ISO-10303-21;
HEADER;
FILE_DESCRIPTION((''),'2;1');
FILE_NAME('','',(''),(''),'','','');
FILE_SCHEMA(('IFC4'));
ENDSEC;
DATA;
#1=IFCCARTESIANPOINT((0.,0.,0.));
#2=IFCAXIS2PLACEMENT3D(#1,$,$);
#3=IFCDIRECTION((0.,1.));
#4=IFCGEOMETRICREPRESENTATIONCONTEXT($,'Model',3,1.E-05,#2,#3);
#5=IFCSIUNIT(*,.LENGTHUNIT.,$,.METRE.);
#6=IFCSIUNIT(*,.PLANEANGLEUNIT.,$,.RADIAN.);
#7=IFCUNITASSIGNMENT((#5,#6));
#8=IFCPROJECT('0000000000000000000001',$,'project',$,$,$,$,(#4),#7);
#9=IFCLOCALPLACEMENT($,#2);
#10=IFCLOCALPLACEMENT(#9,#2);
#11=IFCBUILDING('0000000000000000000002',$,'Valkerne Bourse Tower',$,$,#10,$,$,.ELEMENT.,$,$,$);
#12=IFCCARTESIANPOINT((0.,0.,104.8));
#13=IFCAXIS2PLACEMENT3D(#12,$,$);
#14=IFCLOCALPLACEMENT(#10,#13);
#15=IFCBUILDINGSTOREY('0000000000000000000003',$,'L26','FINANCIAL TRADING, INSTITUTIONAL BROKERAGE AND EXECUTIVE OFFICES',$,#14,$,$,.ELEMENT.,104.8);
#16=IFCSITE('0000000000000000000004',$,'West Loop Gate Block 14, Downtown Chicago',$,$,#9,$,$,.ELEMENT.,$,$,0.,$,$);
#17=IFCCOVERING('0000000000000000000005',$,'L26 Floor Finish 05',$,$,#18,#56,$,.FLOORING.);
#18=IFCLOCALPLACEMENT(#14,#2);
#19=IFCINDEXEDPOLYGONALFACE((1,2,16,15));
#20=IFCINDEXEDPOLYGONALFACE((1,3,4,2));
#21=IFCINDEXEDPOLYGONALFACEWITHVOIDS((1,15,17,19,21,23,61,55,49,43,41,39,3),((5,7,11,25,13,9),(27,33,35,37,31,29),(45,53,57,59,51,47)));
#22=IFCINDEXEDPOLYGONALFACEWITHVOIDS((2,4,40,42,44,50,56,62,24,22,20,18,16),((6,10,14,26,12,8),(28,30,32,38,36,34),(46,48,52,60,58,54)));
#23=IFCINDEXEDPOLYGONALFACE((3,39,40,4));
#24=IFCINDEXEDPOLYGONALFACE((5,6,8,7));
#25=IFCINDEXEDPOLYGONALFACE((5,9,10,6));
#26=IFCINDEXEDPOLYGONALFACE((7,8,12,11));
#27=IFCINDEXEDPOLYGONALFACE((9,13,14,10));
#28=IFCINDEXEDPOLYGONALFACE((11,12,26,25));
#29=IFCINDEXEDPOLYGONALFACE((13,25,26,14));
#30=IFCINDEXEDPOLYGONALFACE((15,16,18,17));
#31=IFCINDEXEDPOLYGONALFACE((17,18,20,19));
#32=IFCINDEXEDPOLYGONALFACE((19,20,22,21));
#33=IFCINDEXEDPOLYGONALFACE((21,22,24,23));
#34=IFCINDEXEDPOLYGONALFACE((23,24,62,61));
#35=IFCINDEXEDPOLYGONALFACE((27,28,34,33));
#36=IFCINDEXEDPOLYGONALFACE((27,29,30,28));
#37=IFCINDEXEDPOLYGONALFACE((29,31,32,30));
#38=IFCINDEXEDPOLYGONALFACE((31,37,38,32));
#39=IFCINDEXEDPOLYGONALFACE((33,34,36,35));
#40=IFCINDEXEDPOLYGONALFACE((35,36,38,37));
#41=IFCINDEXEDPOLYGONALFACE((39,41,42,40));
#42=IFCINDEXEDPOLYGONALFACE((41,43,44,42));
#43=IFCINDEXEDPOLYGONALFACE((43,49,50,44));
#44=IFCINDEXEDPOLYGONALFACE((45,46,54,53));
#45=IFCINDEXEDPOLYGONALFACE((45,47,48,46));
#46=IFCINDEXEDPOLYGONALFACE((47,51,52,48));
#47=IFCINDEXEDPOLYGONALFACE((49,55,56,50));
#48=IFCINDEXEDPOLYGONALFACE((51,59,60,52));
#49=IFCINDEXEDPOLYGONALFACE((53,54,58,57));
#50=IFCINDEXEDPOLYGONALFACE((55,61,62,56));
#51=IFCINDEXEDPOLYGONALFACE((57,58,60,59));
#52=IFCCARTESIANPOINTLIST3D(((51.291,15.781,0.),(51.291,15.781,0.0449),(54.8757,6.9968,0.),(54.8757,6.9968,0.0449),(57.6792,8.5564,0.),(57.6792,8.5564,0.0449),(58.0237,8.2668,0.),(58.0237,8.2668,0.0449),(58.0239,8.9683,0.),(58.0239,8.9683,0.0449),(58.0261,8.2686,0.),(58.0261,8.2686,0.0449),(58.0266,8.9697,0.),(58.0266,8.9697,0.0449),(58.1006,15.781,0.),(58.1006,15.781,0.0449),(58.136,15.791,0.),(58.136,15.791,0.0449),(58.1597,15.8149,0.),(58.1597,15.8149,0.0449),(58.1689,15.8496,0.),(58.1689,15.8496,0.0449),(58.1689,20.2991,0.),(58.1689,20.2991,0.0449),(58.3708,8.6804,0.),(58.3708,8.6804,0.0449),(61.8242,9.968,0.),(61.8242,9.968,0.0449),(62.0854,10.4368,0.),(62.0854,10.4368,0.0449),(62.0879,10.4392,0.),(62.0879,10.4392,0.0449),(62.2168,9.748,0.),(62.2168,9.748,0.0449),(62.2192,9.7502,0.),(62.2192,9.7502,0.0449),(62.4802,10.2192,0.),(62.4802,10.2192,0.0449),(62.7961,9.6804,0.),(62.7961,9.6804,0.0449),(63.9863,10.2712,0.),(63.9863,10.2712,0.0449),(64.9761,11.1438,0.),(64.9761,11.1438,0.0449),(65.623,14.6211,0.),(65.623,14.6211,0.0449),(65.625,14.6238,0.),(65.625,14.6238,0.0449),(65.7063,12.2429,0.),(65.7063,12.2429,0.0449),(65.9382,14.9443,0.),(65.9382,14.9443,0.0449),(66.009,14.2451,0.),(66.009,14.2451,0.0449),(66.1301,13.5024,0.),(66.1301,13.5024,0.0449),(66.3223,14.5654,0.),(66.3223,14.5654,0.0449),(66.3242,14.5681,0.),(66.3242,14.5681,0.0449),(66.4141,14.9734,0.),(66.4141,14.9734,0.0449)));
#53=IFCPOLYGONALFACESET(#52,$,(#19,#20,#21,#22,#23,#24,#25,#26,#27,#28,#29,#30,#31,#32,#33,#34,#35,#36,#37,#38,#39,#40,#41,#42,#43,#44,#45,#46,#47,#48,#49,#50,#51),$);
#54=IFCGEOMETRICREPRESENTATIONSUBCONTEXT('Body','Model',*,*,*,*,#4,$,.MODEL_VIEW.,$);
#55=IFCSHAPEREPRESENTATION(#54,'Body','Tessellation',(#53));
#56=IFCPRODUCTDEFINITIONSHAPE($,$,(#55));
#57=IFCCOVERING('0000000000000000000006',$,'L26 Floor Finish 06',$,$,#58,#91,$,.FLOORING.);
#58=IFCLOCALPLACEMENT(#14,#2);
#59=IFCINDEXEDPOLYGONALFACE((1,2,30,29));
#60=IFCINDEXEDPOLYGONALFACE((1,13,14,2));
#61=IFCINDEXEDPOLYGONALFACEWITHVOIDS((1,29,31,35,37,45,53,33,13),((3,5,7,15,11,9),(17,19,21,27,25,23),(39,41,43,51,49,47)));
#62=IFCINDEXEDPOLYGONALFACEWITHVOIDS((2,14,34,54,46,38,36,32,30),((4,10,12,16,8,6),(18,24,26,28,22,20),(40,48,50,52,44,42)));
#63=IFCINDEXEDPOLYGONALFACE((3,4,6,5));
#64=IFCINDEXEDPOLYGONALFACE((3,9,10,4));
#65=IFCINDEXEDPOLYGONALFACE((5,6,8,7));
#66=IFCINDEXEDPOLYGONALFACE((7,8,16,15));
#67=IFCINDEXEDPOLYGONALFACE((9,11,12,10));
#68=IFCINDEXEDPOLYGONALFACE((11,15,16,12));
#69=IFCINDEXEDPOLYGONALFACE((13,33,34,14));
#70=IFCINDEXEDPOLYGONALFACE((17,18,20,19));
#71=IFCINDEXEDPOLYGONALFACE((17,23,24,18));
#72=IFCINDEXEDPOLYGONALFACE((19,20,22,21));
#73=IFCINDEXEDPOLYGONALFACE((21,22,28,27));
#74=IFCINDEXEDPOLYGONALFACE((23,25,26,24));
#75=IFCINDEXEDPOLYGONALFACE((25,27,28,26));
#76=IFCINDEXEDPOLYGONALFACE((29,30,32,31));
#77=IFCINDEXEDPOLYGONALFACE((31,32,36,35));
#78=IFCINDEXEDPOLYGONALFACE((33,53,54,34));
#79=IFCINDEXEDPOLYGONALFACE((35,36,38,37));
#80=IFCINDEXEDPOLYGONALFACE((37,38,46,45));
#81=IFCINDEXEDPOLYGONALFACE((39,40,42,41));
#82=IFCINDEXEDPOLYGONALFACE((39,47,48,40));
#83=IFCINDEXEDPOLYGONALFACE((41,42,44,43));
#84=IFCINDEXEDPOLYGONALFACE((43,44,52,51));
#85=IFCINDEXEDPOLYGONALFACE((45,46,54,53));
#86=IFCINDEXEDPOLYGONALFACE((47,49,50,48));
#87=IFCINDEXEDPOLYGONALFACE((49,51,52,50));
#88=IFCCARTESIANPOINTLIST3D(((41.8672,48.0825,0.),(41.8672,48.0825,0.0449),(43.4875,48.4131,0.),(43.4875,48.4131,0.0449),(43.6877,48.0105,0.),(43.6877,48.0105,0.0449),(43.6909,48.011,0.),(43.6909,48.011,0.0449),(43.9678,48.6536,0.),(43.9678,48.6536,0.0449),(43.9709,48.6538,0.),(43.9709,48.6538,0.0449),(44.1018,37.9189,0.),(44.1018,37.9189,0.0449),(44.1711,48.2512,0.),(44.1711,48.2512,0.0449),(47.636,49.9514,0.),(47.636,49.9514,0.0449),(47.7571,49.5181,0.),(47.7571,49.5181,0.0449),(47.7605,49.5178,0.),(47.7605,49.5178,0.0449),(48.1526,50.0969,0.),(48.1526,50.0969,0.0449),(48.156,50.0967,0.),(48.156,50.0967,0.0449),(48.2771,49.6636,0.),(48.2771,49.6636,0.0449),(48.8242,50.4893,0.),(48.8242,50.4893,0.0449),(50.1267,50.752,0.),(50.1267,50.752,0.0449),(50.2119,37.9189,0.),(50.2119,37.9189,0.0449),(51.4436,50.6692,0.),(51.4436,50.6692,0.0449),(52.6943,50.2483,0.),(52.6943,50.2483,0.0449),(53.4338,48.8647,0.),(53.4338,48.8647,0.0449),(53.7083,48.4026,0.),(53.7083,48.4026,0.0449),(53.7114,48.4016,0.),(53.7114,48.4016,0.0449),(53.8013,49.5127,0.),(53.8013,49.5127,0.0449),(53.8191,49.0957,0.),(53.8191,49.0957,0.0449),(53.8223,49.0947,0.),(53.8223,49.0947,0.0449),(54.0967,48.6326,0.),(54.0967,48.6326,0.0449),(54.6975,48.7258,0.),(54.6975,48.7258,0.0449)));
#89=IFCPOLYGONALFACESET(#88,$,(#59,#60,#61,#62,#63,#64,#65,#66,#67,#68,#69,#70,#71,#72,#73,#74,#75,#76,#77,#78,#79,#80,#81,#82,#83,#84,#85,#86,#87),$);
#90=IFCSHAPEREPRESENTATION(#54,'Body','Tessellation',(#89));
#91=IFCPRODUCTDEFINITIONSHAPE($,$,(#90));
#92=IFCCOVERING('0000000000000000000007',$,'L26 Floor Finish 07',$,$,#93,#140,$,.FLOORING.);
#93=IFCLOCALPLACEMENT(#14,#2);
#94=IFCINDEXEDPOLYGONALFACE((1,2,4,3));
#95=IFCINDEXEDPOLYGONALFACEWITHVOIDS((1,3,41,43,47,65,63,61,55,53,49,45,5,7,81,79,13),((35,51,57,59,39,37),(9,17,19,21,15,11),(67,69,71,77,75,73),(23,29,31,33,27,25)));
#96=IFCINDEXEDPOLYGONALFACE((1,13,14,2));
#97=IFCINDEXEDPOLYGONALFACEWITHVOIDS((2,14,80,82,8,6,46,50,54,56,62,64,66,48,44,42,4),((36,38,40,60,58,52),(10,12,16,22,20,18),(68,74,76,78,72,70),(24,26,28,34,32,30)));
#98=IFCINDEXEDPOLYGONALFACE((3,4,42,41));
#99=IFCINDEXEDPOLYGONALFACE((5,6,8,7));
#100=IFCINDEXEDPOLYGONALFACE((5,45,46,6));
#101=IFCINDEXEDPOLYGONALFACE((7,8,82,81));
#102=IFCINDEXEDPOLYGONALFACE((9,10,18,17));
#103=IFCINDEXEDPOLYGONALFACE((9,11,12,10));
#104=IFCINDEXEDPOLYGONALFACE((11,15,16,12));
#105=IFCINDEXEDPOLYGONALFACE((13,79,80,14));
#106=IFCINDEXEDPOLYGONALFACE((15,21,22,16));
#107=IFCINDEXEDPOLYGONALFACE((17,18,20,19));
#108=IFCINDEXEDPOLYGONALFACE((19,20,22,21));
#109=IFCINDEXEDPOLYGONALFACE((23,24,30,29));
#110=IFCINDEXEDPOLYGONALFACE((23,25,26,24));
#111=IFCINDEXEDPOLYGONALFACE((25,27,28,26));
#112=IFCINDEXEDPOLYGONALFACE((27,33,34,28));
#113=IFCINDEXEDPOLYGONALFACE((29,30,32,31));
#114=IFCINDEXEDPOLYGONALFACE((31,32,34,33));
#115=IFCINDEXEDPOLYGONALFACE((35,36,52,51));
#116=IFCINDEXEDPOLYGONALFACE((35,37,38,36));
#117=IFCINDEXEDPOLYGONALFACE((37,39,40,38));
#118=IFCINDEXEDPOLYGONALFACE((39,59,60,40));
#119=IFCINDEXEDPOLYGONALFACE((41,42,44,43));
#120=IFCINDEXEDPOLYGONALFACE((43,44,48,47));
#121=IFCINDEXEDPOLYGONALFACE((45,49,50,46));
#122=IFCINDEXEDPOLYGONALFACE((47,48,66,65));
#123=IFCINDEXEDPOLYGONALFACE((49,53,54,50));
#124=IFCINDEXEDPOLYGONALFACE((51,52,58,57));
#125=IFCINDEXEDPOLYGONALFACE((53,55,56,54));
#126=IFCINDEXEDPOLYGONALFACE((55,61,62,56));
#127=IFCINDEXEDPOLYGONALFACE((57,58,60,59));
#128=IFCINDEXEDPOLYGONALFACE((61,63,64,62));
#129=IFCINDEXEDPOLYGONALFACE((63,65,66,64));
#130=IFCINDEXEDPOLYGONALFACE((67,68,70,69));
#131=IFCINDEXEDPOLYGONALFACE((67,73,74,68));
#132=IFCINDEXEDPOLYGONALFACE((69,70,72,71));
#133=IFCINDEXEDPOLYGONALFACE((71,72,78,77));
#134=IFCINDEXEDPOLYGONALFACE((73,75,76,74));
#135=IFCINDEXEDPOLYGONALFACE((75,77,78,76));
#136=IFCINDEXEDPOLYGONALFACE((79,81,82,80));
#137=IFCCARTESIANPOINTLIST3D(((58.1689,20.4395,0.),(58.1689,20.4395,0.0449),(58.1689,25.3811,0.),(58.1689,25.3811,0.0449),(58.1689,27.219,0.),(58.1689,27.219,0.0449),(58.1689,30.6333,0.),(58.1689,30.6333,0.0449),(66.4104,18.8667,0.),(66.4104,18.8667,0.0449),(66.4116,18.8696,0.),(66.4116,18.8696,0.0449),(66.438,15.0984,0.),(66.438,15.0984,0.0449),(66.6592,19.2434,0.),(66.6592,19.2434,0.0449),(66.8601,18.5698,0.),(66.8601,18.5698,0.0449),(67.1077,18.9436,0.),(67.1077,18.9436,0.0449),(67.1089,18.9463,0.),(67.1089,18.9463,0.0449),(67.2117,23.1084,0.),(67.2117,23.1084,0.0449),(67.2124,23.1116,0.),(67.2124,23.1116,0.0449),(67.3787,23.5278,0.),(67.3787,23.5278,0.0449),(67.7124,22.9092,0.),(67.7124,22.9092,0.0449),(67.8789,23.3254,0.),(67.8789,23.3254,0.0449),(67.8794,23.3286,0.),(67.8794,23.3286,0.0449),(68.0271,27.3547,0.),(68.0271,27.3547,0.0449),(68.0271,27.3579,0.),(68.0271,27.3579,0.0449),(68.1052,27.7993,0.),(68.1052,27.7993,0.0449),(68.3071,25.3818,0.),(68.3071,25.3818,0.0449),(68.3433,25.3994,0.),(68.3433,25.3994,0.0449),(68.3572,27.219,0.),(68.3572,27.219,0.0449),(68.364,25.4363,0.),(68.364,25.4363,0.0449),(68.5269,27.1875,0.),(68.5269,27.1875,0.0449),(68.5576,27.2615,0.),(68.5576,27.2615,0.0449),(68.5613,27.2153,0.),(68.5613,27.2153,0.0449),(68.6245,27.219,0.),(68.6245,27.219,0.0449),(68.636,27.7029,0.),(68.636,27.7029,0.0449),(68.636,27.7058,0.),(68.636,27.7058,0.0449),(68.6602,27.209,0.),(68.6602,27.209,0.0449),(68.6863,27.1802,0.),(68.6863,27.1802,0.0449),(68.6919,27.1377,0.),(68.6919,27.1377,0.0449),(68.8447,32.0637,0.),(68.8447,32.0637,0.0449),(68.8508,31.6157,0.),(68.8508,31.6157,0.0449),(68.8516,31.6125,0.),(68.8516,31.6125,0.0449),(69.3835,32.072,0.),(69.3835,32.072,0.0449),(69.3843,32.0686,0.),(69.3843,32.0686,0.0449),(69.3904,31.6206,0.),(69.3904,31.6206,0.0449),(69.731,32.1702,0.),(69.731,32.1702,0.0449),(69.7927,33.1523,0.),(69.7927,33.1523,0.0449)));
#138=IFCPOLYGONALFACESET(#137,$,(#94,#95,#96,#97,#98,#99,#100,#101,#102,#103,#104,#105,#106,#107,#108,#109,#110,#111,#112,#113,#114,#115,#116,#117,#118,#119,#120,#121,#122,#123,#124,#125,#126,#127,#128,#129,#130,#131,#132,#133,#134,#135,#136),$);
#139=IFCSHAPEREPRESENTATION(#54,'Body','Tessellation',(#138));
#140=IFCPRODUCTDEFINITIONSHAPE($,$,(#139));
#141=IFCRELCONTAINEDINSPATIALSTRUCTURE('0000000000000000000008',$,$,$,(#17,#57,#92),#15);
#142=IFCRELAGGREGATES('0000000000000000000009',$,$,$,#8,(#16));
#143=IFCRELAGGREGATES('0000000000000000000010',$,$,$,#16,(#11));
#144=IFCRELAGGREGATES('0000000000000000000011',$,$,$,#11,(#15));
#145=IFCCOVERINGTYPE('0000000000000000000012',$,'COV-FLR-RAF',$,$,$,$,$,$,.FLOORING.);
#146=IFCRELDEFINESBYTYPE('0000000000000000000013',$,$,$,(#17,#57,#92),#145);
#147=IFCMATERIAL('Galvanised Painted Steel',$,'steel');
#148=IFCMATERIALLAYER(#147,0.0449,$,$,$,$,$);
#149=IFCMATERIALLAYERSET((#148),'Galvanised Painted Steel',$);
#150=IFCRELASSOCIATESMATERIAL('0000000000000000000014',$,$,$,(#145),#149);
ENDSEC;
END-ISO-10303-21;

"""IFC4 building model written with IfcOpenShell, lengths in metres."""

from ifc_helpers import new_model, si_unit, direction, frame, origin, place, context, subcontext, project, spatial, polyline, outline, extrude, material, layer, layer_set, type_object, element, save


model = new_model("IFC4")

# Units and contexts
model_context = context("Model", 3, precision=1e-05, world=origin(), true_north=direction((0.0, 1.0)))
body_context = subcontext(model_context, "Body", "Model", "MODEL_VIEW")
ifc_project = project(units=[si_unit("LENGTHUNIT", "METRE"), si_unit("PLANEANGLEUNIT", "RADIAN")], contexts=[model_context])

# Site, building, storey
site_placement = place(None, origin())
site = spatial("IfcSite", under=ifc_project, at=site_placement, Name="West Loop Gate Block 14, Downtown Chicago", CompositionType="ELEMENT", RefElevation=0.0)
building_placement = place(site_placement, origin())
building = spatial("IfcBuilding", under=site, at=building_placement, Name="Valkerne Bourse Tower", CompositionType="ELEMENT")
storey_placement = place(building_placement, frame((0.0, 0.0, 104.8)))
storey = spatial("IfcBuildingStorey", under=building, at=storey_placement, Name="L26", Description="FINANCIAL TRADING, INSTITUTIONAL BROKERAGE AND EXECUTIVE OFFICES", CompositionType="ELEMENT", Elevation=104.8)

# Coverings
ifc_material_1 = material(Name="Galvanised Painted Steel", Category="steel")
ifc_layer_1 = layer(ifc_material_1, 0.0449)
ifc_layer_set_1 = layer_set([ifc_layer_1], Name="Galvanised Painted Steel")
covering_type_1 = type_object("IfcCoveringType", Name="COV-FLR-RAF", PredefinedType="FLOORING", material=ifc_layer_set_1)
covering_1_placement = place(storey_placement, origin())
element("IfcCovering", 1, at=covering_1_placement, inside=storey, type_object=covering_type_1, Name="L26 Floor Finish 05", PredefinedType="FLOORING", context=body_context, shape_type="SweptSolid", body=[
    extrude(outline(polyline([(63.9863, 10.2712), (62.7961, 9.6804), (54.8757, 6.9968), (51.291, 15.781), (58.1006, 15.781), (58.136, 15.791), (58.1597, 15.8149), (58.1689, 15.8496), (58.1689, 20.2991), (66.4141, 14.9734), (66.1301, 13.5024), (65.7063, 12.2429), (64.9761, 11.1438), (63.9863, 10.2712)]), holes=[polyline([(58.0261, 8.2686), (58.3708, 8.6804), (58.0266, 8.9697), (58.0239, 8.9683), (57.6792, 8.5564), (58.0237, 8.2668), (58.0261, 8.2686)]), polyline([(62.2192, 9.7502), (62.4802, 10.2192), (62.0879, 10.4392), (62.0854, 10.4368), (61.8242, 9.968), (62.2168, 9.748), (62.2192, 9.7502)]), polyline([(66.3242, 14.5681), (65.9382, 14.9443), (65.625, 14.6238), (65.623, 14.6211), (66.009, 14.2451), (66.3223, 14.5654), (66.3242, 14.5681)])]), origin(), (0.0, 0.0, 1.0), 0.0449),
])
covering_2_placement = place(storey_placement, origin())
element("IfcCovering", 2, at=covering_2_placement, inside=storey, type_object=covering_type_1, Name="L26 Floor Finish 06", PredefinedType="FLOORING", context=body_context, shape_type="SweptSolid", body=[
    extrude(outline(polyline([(51.4436, 50.6692), (52.6943, 50.2483), (53.8013, 49.5127), (54.6975, 48.7258), (50.2119, 37.9189), (44.1018, 37.9189), (41.8672, 48.0825), (48.8242, 50.4893), (50.1267, 50.752), (51.4436, 50.6692)]), holes=[polyline([(44.1711, 48.2512), (43.9709, 48.6538), (43.9678, 48.6536), (43.4875, 48.4131), (43.6877, 48.0105), (43.6909, 48.011), (44.1711, 48.2512)]), polyline([(53.8223, 49.0947), (53.8191, 49.0957), (53.4338, 48.8647), (53.7083, 48.4026), (53.7114, 48.4016), (54.0967, 48.6326), (53.8223, 49.0947)]), polyline([(48.156, 50.0967), (48.1526, 50.0969), (47.636, 49.9514), (47.7571, 49.5181), (47.7605, 49.5178), (48.2771, 49.6636), (48.156, 50.0967)])]), origin(), (0.0, 0.0, 1.0), 0.0449),
])
covering_3_placement = place(storey_placement, origin())
element("IfcCovering", 3, at=covering_3_placement, inside=storey, type_object=covering_type_1, Name="L26 Floor Finish 07", PredefinedType="FLOORING", context=body_context, shape_type="SweptSolid", body=[
    extrude(outline(polyline([(58.1689, 20.4395), (58.1689, 25.3811), (68.3071, 25.3818), (68.3433, 25.3994), (68.364, 25.4363), (68.6919, 27.1377), (68.6863, 27.1802), (68.6602, 27.209), (68.6245, 27.219), (68.5613, 27.2153), (68.5269, 27.1875), (68.3572, 27.219), (58.1689, 27.219), (58.1689, 30.6333), (69.7927, 33.1523), (69.731, 32.1702), (66.438, 15.0984), (58.1689, 20.4395)]), holes=[polyline([(67.1089, 18.9463), (66.6592, 19.2434), (66.4116, 18.8696), (66.4104, 18.8667), (66.8601, 18.5698), (67.1077, 18.9436), (67.1089, 18.9463)]), polyline([(67.8794, 23.3286), (67.3787, 23.5278), (67.2124, 23.1116), (67.2117, 23.1084), (67.7124, 22.9092), (67.8789, 23.3254), (67.8794, 23.3286)]), polyline([(68.636, 27.7029), (68.636, 27.7058), (68.1052, 27.7993), (68.0271, 27.3579), (68.0271, 27.3547), (68.5576, 27.2615), (68.636, 27.7029)]), polyline([(69.3843, 32.0686), (69.3835, 32.072), (68.8447, 32.0637), (68.8508, 31.6157), (68.8516, 31.6125), (69.3904, 31.6206), (69.3843, 32.0686)])]), origin(), (0.0, 0.0, 1.0), 0.0449),
])

save(model, "model.ifc")
